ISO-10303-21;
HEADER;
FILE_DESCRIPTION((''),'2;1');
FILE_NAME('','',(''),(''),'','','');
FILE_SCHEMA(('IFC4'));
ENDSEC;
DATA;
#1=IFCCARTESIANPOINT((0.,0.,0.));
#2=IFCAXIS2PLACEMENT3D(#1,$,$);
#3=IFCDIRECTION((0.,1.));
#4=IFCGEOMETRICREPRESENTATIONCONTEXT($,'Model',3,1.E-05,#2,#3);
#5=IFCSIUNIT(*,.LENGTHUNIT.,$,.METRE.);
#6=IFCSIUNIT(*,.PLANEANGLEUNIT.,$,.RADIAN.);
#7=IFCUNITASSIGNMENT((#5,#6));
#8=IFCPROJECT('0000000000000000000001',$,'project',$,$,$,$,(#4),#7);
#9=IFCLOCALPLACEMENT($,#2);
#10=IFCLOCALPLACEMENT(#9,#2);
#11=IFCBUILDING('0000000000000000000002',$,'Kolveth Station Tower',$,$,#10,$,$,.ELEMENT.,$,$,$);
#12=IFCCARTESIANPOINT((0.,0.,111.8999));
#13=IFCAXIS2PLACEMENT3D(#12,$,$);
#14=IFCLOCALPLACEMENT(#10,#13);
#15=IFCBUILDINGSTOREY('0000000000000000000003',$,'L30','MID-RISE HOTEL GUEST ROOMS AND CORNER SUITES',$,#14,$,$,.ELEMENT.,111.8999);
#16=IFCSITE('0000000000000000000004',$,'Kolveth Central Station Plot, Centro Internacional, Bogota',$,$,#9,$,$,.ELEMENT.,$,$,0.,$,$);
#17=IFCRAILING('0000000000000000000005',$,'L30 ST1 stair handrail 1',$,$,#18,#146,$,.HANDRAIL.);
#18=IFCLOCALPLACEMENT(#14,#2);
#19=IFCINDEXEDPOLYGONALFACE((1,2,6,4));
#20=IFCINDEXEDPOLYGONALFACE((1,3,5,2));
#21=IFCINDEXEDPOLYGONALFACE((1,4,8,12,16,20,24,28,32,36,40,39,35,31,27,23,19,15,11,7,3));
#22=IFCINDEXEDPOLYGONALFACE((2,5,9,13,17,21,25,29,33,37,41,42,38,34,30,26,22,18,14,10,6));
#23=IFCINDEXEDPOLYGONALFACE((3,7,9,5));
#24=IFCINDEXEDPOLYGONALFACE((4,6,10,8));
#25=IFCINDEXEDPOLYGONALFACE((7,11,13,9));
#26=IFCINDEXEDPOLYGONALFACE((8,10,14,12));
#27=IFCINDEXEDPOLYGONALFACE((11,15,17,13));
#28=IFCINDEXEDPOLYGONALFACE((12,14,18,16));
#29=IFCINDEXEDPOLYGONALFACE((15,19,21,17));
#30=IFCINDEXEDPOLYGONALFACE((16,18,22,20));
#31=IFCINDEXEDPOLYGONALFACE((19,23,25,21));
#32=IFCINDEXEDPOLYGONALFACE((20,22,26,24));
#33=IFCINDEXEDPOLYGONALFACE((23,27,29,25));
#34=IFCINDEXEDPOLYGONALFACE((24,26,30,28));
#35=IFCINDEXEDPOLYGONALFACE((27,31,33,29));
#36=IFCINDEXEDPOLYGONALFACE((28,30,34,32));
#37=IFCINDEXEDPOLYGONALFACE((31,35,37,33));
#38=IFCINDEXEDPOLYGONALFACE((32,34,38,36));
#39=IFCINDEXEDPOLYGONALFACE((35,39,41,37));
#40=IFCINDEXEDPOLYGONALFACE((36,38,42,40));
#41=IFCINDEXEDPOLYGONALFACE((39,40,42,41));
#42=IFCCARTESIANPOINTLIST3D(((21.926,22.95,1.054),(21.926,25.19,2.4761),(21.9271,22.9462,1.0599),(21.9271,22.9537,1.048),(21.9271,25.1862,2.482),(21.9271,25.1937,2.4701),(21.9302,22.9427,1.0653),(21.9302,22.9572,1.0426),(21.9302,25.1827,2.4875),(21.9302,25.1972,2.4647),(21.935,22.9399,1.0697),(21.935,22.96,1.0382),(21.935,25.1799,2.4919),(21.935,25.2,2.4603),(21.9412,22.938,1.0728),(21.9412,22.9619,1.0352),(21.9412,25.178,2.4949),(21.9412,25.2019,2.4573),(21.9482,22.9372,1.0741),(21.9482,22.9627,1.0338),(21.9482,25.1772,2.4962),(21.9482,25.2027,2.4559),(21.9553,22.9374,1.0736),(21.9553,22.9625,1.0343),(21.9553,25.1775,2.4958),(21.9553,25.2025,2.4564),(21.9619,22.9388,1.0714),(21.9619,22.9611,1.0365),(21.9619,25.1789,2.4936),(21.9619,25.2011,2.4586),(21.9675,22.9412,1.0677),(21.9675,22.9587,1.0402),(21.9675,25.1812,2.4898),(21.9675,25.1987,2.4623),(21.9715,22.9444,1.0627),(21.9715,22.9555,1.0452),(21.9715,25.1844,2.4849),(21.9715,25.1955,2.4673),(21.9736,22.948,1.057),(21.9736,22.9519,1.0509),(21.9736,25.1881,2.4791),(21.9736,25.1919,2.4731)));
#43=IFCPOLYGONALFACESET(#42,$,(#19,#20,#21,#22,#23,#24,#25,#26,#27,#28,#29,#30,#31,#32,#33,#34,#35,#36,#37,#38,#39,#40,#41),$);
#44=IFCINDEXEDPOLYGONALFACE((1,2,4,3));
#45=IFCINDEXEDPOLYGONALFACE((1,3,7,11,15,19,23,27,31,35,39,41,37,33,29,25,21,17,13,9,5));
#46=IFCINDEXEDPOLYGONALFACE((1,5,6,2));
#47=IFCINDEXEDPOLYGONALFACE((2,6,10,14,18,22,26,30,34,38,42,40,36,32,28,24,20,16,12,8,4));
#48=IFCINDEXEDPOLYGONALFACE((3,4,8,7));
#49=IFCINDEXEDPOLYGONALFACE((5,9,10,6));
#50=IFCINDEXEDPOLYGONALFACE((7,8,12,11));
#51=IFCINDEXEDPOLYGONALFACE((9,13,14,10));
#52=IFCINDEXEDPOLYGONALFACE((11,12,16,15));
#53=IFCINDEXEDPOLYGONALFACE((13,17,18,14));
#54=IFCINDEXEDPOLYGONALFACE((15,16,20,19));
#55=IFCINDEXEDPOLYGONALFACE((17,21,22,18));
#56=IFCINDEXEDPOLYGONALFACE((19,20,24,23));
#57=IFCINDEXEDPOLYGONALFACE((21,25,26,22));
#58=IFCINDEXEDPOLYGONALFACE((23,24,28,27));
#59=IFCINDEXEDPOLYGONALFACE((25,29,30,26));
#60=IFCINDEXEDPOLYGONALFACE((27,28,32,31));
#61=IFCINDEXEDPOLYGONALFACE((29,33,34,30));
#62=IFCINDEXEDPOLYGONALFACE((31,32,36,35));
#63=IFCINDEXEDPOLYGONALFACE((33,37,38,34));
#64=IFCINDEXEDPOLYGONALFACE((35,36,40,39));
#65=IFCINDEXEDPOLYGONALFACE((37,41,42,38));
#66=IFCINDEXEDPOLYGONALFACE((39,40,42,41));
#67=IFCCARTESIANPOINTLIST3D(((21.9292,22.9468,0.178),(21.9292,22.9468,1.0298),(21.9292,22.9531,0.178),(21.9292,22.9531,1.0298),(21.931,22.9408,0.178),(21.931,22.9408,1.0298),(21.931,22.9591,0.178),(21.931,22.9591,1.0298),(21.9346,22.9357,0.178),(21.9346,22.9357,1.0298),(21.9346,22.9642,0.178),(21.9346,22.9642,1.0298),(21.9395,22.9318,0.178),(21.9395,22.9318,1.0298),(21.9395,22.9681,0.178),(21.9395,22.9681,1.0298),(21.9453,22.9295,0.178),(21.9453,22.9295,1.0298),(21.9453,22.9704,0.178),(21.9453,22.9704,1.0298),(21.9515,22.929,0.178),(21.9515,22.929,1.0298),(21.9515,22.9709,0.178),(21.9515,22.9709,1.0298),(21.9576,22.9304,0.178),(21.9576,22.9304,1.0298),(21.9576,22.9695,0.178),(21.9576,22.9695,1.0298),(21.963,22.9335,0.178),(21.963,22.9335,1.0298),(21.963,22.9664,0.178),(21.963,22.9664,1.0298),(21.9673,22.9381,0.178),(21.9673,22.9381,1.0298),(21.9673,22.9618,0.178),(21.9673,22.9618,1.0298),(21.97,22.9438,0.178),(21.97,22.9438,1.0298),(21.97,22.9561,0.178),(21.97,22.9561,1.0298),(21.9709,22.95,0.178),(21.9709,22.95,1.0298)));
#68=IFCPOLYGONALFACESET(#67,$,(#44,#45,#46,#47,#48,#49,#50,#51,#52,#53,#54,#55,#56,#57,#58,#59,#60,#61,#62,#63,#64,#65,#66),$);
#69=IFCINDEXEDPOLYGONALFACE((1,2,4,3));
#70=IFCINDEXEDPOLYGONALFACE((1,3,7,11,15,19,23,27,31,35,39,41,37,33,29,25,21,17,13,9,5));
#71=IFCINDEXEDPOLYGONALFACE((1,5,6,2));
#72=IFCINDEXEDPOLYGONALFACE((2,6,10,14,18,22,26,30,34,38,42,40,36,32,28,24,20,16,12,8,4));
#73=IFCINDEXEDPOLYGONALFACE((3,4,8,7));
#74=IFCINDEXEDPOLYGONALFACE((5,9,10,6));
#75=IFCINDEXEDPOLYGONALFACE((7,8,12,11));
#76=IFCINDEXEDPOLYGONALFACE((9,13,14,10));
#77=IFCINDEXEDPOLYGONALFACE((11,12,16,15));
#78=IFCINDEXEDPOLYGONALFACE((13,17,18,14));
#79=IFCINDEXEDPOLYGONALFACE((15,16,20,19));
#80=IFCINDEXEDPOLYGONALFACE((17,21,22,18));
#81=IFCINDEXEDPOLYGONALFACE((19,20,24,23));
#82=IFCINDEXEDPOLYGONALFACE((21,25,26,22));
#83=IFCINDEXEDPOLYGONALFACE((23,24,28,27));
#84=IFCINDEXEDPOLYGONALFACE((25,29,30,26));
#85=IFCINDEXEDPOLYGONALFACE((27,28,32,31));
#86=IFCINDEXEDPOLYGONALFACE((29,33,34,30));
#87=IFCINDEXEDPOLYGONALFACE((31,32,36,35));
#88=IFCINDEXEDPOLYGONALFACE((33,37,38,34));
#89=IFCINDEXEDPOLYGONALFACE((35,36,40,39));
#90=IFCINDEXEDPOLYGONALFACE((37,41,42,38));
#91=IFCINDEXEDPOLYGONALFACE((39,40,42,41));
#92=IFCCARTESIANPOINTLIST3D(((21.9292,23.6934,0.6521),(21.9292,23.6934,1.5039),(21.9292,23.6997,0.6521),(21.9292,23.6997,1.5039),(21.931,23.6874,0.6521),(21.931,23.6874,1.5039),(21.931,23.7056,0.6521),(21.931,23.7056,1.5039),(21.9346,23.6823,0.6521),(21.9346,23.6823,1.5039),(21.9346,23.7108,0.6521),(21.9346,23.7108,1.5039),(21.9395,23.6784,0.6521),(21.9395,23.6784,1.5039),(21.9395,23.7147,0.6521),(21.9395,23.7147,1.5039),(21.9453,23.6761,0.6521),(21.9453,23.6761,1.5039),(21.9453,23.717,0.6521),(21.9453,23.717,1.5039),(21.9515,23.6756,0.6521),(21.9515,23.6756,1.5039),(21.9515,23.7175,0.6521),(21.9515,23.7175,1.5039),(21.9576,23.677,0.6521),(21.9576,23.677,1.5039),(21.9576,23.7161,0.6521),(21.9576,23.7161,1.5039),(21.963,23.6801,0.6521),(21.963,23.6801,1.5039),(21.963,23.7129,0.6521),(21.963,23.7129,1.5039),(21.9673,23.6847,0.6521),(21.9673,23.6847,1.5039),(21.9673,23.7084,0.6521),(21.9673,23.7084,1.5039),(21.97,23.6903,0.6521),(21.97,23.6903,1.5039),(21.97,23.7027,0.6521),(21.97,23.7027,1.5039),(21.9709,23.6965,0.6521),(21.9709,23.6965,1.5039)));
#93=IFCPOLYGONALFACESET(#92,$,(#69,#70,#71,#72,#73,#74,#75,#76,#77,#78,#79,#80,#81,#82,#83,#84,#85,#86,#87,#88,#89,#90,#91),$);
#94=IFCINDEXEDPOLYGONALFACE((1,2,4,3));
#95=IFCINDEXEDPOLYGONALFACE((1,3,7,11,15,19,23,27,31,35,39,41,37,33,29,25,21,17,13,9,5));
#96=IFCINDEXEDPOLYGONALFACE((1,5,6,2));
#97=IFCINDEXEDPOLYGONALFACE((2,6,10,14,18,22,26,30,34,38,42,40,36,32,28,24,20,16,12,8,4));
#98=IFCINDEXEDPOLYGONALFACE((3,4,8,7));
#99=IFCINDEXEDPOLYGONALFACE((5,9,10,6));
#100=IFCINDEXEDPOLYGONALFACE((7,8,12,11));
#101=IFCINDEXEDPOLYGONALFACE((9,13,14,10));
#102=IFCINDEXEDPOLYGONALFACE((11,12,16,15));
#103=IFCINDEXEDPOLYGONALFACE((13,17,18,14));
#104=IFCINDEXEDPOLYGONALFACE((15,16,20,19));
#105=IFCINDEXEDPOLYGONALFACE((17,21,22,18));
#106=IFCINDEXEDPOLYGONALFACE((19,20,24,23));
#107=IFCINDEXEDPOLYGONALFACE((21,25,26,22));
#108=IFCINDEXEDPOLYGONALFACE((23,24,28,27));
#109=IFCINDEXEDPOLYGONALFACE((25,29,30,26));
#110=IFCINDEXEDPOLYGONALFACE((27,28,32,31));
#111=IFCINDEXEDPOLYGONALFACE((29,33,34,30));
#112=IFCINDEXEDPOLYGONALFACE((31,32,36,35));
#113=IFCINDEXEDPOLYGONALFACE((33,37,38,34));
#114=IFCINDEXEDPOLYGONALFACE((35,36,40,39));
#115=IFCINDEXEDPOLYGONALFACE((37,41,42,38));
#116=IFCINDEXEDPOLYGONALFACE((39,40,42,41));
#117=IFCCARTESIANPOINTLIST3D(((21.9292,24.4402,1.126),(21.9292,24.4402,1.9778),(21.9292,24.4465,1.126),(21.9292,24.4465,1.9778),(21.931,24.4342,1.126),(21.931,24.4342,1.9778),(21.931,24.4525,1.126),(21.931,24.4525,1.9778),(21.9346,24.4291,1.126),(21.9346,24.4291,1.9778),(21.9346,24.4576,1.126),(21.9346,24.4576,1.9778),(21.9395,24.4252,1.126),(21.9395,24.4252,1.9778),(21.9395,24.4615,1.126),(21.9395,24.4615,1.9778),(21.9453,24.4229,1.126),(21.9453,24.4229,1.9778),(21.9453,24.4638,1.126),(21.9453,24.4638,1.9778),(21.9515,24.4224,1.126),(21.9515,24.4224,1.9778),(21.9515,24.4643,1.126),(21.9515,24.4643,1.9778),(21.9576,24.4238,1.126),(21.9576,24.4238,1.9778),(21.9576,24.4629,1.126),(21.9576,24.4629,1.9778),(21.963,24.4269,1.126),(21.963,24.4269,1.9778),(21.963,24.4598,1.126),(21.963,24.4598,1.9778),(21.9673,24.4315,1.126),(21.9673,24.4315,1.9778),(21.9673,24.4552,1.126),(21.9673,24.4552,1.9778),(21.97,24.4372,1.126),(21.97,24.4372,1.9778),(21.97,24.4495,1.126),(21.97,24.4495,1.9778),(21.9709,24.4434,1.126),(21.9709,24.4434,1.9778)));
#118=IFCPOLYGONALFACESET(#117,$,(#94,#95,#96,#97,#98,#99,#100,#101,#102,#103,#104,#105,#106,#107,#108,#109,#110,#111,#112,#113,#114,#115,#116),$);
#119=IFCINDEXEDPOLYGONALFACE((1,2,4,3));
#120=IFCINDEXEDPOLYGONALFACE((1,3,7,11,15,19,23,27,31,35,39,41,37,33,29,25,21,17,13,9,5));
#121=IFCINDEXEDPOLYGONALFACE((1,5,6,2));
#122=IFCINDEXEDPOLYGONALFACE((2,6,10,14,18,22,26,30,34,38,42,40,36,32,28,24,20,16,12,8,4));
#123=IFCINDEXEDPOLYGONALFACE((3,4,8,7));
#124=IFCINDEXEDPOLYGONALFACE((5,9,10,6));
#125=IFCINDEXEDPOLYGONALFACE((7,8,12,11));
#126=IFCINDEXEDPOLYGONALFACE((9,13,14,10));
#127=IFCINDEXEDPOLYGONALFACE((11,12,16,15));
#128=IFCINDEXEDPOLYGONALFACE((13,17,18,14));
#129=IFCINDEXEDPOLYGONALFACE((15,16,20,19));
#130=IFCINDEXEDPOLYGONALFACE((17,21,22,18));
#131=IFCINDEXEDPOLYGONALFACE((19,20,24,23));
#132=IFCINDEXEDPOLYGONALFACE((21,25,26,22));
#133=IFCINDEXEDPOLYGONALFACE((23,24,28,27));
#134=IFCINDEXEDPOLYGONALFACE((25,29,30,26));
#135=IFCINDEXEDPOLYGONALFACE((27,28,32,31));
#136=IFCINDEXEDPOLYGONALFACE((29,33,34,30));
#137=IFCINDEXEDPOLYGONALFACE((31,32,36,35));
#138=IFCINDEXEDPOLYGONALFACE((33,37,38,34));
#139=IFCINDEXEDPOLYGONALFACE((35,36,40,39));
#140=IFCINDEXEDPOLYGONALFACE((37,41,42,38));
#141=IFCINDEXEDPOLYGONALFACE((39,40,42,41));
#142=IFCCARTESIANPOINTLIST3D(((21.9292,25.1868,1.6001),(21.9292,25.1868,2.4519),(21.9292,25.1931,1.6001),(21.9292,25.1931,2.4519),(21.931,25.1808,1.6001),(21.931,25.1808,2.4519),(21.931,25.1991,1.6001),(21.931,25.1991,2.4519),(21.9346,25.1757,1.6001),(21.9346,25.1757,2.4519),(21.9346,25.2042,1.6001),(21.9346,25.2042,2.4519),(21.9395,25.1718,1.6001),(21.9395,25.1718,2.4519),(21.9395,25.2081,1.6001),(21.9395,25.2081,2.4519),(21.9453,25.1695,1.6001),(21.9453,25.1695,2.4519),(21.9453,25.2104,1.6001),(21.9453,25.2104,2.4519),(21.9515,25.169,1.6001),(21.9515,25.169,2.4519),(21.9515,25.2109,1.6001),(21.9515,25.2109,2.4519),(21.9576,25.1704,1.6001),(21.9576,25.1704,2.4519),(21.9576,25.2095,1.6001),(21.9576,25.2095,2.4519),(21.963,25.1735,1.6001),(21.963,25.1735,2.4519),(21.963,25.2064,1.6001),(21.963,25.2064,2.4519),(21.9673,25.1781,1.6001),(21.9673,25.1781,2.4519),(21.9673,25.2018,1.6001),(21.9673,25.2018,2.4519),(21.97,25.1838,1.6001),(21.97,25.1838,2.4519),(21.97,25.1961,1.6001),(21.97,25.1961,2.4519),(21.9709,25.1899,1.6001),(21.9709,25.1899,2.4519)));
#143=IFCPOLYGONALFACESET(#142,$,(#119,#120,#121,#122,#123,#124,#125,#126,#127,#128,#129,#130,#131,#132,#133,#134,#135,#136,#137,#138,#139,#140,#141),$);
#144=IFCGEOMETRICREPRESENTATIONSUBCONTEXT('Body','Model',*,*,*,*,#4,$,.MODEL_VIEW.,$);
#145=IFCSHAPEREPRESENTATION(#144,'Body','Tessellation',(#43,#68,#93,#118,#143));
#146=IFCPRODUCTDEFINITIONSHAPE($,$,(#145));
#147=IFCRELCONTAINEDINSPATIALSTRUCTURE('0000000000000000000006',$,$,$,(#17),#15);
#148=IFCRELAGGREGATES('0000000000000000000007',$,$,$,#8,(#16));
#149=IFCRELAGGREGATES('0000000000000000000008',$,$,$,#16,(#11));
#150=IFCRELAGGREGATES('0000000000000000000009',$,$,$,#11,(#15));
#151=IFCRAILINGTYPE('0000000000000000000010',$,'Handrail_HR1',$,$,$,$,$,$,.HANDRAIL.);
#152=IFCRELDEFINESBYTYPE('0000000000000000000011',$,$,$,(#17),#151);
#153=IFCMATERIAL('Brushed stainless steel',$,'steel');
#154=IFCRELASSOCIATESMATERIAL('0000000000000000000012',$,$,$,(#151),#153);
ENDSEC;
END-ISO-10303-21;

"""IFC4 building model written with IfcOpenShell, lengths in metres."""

from ifc_helpers import new_model, si_unit, direction, frame, origin, origin_2d, place, context, subcontext, project, spatial, circle, extrude, material, type_object, element, save


model = new_model("IFC4")

# Units and contexts
model_context = context("Model", 3, precision=1e-05, world=origin(), true_north=direction((0.0, 1.0)))
body_context = subcontext(model_context, "Body", "Model", "MODEL_VIEW")
ifc_project = project(units=[si_unit("LENGTHUNIT", "METRE"), si_unit("PLANEANGLEUNIT", "RADIAN")], contexts=[model_context])

# Site, building, storey
site_placement = place(None, origin())
site = spatial("IfcSite", under=ifc_project, at=site_placement, Name="Kolveth Central Station Plot, Centro Internacional, Bogota", CompositionType="ELEMENT", RefElevation=0.0)
building_placement = place(site_placement, origin())
building = spatial("IfcBuilding", under=site, at=building_placement, Name="Kolveth Station Tower", CompositionType="ELEMENT")
storey_placement = place(building_placement, frame((0.0, 0.0, 111.8999)))
storey = spatial("IfcBuildingStorey", under=building, at=storey_placement, Name="L30", Description="MID-RISE HOTEL GUEST ROOMS AND CORNER SUITES", CompositionType="ELEMENT", Elevation=111.8999)

# Railing
ifc_material_1 = material(Name="Brushed stainless steel", Category="steel")
railing_type_1 = type_object("IfcRailingType", Name="Handrail_HR1", PredefinedType="HANDRAIL", material=ifc_material_1)
railing_1_placement = place(storey_placement, frame((21.95, 22.95, 0.178)))
element("IfcRailing", 1, at=railing_1_placement, inside=storey, type_object=railing_type_1, Name="L30 ST1 stair handrail 1", PredefinedType="HANDRAIL", context=body_context, shape_type="SweptSolid", body=[
    extrude(circle(Radius=0.0239, at=origin_2d()), frame((0.0, 0.0, 0.876), z_axis=(0.0, 0.844229, 0.535982), x_axis=(-1.0, 0.0, 0.0)), (0.0, 0.0, 1.0), 2.6533),
    extrude(circle(Radius=0.021, at=origin_2d()), origin(), (0.0, 0.0, 1.0), 0.8518),
    extrude(circle(Radius=0.021, at=origin_2d()), frame((0.0, 0.7466, 0.4741)), (0.0, 0.0, 1.0), 0.8518),
    extrude(circle(Radius=0.021, at=origin_2d()), frame((0.0, 1.4934, 0.948)), (0.0, 0.0, 1.0), 0.8518),
    extrude(circle(Radius=0.021, at=origin_2d()), frame((0.0, 2.24, 1.4221)), (0.0, 0.0, 1.0), 0.8518),
])

save(model, "model.ifc")
